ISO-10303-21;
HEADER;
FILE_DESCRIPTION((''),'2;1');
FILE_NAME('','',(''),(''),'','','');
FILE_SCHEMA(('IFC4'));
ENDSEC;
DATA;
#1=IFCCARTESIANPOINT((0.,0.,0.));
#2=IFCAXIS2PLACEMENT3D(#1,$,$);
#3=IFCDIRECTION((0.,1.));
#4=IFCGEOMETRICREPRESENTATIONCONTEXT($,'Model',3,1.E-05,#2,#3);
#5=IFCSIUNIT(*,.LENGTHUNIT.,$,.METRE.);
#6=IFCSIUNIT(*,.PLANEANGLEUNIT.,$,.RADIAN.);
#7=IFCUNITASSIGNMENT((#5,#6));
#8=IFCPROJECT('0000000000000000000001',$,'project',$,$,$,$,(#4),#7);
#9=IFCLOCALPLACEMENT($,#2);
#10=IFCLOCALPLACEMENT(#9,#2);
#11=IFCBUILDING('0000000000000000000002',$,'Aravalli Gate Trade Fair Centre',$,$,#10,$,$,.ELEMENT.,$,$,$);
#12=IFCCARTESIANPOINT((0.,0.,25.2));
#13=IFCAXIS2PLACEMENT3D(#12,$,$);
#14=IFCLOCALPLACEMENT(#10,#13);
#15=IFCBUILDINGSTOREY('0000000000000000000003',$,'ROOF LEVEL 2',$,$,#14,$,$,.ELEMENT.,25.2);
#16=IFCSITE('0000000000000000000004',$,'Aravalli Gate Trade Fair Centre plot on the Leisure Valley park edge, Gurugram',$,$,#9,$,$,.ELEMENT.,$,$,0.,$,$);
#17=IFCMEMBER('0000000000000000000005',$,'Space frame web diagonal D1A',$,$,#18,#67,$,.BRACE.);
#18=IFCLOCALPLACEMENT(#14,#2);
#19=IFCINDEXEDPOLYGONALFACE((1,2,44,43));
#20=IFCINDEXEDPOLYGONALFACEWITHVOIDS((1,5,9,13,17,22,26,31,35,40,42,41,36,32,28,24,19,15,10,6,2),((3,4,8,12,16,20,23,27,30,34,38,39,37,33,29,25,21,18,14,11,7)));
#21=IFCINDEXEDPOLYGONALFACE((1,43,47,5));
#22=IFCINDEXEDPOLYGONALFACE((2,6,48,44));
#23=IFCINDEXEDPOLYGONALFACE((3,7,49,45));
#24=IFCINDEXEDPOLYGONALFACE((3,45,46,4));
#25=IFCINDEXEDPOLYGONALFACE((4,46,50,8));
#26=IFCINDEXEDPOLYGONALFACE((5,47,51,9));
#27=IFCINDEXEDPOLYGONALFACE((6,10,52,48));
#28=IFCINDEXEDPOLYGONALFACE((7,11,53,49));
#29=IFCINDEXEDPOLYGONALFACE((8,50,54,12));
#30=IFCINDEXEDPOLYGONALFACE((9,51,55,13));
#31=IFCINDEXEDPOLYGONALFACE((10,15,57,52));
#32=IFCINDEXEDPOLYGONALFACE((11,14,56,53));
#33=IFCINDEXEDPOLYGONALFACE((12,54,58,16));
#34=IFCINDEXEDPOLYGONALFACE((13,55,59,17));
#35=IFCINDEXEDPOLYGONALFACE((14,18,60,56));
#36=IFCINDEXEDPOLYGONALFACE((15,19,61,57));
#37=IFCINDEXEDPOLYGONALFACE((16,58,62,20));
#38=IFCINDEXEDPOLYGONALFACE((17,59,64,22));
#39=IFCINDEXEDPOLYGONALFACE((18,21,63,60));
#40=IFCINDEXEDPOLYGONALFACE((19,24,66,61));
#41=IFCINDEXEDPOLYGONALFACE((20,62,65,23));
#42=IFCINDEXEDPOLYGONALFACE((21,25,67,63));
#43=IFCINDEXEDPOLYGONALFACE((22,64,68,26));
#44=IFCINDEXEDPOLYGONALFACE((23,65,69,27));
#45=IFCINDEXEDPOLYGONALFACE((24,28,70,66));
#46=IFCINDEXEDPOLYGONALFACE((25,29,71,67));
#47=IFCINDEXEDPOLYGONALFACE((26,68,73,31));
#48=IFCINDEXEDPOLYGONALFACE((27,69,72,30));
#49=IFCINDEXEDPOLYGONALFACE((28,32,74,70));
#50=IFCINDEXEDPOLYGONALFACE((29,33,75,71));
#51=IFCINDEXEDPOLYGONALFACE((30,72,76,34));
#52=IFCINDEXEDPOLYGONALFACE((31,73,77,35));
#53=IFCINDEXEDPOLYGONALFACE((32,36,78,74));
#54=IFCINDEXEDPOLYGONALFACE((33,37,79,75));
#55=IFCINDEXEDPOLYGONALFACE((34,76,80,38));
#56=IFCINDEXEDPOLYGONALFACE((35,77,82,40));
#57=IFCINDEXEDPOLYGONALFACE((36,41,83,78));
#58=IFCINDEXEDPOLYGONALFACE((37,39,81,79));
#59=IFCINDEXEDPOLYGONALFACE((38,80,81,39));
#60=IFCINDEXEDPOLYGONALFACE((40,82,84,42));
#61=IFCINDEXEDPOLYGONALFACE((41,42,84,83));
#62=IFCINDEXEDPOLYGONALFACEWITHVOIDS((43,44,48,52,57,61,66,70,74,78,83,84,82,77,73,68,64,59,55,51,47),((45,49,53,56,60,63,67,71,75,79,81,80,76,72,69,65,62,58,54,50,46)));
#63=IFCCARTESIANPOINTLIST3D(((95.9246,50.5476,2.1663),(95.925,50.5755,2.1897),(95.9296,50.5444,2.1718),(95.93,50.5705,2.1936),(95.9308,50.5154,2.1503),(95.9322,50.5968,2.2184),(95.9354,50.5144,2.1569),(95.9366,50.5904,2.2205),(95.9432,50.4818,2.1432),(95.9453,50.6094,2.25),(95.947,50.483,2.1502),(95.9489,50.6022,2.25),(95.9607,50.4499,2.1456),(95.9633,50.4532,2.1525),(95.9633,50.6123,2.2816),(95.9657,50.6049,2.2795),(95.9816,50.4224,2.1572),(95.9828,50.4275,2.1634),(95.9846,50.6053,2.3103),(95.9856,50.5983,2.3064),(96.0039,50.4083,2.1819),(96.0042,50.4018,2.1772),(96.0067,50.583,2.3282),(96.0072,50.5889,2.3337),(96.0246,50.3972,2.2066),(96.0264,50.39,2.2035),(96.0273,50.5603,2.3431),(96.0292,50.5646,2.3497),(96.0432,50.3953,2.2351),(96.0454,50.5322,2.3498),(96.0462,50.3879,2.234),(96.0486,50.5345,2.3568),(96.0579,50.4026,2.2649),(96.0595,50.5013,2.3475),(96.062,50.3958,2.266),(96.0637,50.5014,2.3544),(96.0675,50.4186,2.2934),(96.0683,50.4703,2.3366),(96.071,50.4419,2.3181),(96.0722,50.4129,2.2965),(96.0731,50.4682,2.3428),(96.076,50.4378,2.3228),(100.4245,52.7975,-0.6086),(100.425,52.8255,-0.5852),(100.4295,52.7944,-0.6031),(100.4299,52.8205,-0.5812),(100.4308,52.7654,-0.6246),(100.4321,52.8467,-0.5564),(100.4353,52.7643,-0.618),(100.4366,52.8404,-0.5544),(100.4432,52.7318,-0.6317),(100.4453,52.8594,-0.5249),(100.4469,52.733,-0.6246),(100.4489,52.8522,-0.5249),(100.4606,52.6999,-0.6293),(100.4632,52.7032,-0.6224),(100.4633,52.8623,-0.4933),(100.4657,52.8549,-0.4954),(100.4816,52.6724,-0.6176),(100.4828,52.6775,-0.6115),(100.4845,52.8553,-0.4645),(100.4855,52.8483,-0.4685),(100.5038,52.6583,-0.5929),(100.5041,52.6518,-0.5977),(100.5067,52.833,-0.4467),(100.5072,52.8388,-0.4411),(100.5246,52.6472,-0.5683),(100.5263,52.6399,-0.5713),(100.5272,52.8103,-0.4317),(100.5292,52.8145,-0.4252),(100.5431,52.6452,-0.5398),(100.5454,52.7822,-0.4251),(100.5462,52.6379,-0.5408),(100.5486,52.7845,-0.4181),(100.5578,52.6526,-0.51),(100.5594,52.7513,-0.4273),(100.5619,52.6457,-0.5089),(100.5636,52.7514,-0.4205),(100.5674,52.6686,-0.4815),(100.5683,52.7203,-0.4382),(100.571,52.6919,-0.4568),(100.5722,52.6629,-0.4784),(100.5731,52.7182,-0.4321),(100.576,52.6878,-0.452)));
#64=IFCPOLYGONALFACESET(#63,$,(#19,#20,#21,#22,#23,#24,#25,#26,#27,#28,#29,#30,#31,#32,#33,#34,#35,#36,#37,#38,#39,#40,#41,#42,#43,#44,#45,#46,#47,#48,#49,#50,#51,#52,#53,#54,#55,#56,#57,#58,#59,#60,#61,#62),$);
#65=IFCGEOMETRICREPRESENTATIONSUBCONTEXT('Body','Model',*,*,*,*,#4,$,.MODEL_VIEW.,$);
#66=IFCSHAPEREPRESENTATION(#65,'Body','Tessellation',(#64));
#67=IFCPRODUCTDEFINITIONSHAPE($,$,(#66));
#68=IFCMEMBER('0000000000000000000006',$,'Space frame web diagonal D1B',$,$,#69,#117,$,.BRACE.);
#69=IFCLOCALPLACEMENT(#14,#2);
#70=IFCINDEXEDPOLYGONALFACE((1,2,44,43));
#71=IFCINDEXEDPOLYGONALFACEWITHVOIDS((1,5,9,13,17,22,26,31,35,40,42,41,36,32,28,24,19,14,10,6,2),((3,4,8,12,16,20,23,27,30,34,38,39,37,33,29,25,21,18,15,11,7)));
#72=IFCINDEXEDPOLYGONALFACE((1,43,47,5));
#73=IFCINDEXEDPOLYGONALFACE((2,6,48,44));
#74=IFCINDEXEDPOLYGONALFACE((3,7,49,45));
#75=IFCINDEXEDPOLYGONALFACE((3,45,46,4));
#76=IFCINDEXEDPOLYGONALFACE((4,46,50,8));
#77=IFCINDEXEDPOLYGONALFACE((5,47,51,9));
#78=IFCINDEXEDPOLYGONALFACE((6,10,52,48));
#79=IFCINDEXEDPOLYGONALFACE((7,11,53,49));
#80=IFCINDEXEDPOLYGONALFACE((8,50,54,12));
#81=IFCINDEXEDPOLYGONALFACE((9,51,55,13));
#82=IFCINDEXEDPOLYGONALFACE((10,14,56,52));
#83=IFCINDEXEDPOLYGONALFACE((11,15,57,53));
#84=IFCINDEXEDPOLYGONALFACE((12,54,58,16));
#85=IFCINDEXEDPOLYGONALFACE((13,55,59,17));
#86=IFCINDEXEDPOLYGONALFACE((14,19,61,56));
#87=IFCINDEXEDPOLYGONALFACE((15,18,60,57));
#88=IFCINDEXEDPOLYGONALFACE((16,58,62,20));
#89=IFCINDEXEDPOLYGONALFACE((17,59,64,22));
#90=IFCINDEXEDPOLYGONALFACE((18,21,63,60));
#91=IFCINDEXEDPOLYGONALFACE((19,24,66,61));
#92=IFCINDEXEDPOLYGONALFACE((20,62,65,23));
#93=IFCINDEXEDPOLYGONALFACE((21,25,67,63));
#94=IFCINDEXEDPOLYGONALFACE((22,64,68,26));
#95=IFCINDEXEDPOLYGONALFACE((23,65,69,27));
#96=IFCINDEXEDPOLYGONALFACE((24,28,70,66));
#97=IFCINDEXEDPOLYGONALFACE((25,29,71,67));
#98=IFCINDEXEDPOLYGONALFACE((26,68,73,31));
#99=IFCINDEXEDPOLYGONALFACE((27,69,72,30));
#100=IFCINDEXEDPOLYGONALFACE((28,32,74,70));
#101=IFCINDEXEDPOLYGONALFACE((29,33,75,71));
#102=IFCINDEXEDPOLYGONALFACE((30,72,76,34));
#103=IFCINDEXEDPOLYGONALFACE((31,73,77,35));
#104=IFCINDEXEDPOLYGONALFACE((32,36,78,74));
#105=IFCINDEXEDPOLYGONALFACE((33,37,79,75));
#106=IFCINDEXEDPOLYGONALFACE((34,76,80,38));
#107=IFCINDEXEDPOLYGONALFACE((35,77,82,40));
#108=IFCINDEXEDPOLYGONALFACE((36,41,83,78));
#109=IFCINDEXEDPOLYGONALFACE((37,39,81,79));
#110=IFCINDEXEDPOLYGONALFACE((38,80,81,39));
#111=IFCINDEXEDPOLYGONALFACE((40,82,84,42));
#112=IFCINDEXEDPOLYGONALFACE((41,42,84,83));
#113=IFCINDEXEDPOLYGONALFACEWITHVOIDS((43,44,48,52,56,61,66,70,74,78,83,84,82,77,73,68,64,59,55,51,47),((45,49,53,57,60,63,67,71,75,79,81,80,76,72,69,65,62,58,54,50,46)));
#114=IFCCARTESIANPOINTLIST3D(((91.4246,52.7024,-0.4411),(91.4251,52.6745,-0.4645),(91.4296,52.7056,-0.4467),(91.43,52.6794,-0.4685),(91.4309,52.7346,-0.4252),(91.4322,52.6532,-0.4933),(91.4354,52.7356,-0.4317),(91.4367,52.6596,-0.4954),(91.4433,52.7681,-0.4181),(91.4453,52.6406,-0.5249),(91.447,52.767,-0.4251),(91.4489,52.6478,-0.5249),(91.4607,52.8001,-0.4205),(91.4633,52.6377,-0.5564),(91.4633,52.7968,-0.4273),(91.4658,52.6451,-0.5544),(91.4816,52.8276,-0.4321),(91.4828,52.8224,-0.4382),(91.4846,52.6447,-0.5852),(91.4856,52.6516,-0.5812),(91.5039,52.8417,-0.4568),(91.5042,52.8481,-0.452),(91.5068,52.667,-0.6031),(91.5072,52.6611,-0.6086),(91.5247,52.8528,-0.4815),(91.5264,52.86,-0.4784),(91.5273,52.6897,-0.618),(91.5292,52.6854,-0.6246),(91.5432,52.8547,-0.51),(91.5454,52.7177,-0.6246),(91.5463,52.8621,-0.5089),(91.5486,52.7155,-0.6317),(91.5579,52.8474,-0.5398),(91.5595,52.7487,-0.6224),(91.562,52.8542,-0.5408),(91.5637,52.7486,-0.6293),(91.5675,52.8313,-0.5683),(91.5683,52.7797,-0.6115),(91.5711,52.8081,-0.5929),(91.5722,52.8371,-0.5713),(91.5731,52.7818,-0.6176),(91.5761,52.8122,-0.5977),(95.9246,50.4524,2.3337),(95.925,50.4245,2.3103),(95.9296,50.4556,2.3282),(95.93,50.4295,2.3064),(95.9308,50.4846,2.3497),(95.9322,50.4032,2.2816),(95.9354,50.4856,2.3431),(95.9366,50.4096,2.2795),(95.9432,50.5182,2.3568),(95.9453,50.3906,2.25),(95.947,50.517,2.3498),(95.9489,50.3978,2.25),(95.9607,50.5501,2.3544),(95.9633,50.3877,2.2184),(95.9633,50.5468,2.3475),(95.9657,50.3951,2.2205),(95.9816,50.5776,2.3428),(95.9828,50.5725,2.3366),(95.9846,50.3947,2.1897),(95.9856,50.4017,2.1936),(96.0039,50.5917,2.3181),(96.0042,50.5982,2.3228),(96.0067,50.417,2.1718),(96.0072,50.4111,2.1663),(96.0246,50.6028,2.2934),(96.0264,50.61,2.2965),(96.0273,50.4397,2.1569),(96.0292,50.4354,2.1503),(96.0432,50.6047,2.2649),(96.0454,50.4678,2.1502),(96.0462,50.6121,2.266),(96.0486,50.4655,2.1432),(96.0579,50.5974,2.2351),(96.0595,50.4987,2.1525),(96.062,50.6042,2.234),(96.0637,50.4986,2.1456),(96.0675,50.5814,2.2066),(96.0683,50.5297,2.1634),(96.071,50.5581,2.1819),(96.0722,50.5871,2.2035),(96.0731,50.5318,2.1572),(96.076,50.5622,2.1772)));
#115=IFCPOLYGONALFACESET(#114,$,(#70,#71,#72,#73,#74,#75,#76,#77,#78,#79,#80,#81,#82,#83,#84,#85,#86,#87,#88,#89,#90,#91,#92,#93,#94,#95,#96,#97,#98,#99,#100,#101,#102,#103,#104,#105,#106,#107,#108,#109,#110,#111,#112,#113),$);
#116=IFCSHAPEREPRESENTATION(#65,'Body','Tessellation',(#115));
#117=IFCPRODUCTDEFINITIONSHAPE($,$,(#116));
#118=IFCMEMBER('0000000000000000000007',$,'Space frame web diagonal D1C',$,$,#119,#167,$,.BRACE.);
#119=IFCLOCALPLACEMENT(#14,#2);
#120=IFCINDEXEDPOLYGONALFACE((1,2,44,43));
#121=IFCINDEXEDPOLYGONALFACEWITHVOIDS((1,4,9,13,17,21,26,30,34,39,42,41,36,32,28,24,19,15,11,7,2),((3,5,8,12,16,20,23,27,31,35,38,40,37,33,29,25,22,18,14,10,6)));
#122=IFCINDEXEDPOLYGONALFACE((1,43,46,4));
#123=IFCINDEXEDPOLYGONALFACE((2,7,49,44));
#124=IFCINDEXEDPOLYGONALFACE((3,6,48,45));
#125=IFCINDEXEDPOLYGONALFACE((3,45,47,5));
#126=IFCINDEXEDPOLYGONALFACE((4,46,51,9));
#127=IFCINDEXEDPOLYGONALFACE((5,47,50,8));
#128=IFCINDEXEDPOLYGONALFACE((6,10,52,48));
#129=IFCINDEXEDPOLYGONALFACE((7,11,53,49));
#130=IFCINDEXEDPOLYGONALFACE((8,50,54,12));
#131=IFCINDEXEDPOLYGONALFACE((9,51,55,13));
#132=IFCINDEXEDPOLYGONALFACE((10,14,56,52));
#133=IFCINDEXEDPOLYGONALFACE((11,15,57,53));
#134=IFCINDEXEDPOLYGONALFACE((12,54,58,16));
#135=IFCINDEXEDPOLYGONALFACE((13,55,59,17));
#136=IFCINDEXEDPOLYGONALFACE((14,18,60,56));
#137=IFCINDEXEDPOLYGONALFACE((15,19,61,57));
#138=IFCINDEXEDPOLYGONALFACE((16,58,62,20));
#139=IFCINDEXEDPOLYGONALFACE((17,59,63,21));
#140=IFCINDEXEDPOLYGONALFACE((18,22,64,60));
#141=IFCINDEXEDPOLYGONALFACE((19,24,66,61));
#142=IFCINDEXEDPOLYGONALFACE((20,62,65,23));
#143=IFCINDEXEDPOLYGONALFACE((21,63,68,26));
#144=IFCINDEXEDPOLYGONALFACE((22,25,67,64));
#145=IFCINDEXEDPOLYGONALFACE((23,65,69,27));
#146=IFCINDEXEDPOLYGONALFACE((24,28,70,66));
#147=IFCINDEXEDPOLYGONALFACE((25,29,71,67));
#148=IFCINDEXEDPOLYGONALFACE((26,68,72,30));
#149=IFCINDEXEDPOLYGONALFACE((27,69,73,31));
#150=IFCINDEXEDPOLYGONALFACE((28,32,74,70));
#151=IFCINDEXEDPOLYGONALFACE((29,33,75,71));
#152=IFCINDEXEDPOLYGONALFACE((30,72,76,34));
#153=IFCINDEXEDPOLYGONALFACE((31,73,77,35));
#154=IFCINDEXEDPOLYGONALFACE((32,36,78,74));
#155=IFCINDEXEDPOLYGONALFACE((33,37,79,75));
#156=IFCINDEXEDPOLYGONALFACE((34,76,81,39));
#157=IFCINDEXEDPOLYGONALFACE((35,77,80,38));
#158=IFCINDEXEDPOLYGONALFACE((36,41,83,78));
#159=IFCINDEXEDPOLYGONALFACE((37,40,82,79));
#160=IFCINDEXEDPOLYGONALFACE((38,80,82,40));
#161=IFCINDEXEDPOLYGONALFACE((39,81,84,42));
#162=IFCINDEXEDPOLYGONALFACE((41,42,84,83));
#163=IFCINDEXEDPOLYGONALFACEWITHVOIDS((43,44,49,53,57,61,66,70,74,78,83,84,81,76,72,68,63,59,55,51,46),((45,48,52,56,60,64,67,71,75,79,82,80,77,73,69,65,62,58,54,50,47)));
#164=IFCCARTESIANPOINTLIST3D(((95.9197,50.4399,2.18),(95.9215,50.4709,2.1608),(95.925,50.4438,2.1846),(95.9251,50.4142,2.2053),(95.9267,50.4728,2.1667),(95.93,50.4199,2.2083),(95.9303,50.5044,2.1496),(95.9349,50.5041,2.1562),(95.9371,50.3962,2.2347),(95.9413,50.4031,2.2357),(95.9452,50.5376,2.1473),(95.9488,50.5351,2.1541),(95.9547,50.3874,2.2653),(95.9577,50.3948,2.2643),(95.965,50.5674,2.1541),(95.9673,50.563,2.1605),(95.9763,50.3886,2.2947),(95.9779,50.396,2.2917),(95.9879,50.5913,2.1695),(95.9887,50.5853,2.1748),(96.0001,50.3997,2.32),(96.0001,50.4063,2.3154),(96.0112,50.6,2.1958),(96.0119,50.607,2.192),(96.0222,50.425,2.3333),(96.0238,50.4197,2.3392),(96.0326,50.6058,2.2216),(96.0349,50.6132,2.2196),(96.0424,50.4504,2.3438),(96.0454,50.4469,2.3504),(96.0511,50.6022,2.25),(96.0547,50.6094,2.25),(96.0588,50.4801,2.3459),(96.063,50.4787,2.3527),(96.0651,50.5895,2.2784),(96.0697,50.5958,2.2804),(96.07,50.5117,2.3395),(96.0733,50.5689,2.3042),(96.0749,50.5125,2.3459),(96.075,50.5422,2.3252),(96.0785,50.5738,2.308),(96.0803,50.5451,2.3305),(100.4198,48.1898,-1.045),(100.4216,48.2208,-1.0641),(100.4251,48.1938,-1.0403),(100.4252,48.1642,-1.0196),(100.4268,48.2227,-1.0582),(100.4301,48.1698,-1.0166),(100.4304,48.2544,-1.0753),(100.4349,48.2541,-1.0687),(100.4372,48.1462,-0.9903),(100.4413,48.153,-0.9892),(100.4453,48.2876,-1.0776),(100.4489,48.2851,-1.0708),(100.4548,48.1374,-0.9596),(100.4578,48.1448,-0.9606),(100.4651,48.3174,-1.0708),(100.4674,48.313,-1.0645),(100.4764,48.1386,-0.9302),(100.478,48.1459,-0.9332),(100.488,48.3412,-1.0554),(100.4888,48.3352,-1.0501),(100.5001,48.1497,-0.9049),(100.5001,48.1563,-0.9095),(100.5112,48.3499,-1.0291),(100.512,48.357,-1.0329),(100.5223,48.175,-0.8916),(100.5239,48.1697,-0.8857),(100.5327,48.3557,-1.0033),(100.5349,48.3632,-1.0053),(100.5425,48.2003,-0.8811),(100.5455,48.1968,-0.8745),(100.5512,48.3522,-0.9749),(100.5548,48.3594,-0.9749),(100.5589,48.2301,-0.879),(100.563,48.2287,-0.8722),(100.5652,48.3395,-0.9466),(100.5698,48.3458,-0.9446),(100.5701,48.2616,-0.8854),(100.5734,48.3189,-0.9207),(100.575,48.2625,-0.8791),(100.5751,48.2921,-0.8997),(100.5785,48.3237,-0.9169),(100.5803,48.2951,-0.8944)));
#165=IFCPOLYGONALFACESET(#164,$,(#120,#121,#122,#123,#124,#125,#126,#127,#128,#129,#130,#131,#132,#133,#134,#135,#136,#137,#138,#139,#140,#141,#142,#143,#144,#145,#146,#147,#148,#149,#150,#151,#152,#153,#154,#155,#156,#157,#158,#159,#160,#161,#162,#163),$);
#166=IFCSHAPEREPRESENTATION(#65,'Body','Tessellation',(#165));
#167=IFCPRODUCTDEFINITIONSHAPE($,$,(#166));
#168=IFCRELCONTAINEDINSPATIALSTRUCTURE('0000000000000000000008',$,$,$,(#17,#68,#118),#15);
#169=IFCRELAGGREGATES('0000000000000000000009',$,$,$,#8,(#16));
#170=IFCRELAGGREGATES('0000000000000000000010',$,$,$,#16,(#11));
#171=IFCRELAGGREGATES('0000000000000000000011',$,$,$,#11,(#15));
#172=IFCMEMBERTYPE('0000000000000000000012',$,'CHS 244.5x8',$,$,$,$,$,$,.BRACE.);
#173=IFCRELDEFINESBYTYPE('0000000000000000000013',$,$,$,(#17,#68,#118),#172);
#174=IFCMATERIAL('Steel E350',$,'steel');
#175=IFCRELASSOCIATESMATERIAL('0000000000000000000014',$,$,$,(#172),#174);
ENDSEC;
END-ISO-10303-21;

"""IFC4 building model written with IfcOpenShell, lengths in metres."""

from ifc_helpers import new_model, si_unit, direction, frame, origin, origin_2d, place, context, subcontext, project, spatial, hollow_circle, extrude, material, material_profile, profile_set, type_object, element, save


model = new_model("IFC4")

# Units and contexts
model_context = context("Model", 3, precision=1e-05, world=origin(), true_north=direction((0.0, 1.0)))
body_context = subcontext(model_context, "Body", "Model", "MODEL_VIEW")
ifc_project = project(units=[si_unit("LENGTHUNIT", "METRE"), si_unit("PLANEANGLEUNIT", "RADIAN")], contexts=[model_context])

# Site, building, storey
site_placement = place(None, origin())
site = spatial("IfcSite", under=ifc_project, at=site_placement, Name="Aravalli Gate Trade Fair Centre plot on the Leisure Valley park edge, Gurugram", CompositionType="ELEMENT", RefElevation=0.0)
building_placement = place(site_placement, origin())
building = spatial("IfcBuilding", under=site, at=building_placement, Name="Aravalli Gate Trade Fair Centre", CompositionType="ELEMENT")
storey_placement = place(building_placement, frame((0.0, 0.0, 25.2)))
storey = spatial("IfcBuildingStorey", under=building, at=storey_placement, Name="ROOF LEVEL 2", CompositionType="ELEMENT", Elevation=25.2)

# Members
ifc_material = material(Name="Steel E350", Category="steel")
ifc_material_profile_1 = material_profile(ifc_material, hollow_circle(Radius=0.1223, WallThickness=0.0081, at=origin_2d()), Name="CHS 244.5x8")
ifc_profile_set_1 = profile_set([ifc_material_profile_1], Name="Steel E350")
member_type_1 = type_object("IfcMemberType", Name="CHS 244.5x8", PredefinedType="BRACE", material=ifc_profile_set_1)
for number, where, z_axis, x_axis, name in (
    (1, (96.0, 50.5, 2.25), (0.7832, 0.3916, -0.482956), (-0.447214, 0.894427, 0.0), "Space frame web diagonal D1A"),
    (2, (96.0, 50.5, 2.25), (-0.7832, 0.3916, -0.482956), (-0.447214, -0.894427, 0.0), "Space frame web diagonal D1B"),
):
    element("IfcMember", number, at=place(storey_placement, frame(where, z_axis=z_axis, x_axis=x_axis)), inside=storey, type_object=member_type_1, Name=name, PredefinedType="BRACE", context=body_context, shape_type="SweptSolid", body=[
        extrude(hollow_circle(Radius=0.1223, WallThickness=0.0081, at=origin_2d()), origin(), (0.0, 0.0, 1.0), 5.7456),
    ])
for number, where, z_axis, x_axis, name in (
    (3, (96.0, 50.5, 2.25), (0.753016, -0.376508, -0.539637), (0.447214, 0.894427, 0.0), "Space frame web diagonal D1C"),
):
    element("IfcMember", number, at=place(storey_placement, frame(where, z_axis=z_axis, x_axis=x_axis)), inside=storey, type_object=member_type_1, Name=name, PredefinedType="BRACE", context=body_context, shape_type="SweptSolid", body=[
        extrude(hollow_circle(Radius=0.1223, WallThickness=0.0081, at=origin_2d()), origin(), (0.0, 0.0, 1.0), 5.9761),
    ])

save(model, "model.ifc")
